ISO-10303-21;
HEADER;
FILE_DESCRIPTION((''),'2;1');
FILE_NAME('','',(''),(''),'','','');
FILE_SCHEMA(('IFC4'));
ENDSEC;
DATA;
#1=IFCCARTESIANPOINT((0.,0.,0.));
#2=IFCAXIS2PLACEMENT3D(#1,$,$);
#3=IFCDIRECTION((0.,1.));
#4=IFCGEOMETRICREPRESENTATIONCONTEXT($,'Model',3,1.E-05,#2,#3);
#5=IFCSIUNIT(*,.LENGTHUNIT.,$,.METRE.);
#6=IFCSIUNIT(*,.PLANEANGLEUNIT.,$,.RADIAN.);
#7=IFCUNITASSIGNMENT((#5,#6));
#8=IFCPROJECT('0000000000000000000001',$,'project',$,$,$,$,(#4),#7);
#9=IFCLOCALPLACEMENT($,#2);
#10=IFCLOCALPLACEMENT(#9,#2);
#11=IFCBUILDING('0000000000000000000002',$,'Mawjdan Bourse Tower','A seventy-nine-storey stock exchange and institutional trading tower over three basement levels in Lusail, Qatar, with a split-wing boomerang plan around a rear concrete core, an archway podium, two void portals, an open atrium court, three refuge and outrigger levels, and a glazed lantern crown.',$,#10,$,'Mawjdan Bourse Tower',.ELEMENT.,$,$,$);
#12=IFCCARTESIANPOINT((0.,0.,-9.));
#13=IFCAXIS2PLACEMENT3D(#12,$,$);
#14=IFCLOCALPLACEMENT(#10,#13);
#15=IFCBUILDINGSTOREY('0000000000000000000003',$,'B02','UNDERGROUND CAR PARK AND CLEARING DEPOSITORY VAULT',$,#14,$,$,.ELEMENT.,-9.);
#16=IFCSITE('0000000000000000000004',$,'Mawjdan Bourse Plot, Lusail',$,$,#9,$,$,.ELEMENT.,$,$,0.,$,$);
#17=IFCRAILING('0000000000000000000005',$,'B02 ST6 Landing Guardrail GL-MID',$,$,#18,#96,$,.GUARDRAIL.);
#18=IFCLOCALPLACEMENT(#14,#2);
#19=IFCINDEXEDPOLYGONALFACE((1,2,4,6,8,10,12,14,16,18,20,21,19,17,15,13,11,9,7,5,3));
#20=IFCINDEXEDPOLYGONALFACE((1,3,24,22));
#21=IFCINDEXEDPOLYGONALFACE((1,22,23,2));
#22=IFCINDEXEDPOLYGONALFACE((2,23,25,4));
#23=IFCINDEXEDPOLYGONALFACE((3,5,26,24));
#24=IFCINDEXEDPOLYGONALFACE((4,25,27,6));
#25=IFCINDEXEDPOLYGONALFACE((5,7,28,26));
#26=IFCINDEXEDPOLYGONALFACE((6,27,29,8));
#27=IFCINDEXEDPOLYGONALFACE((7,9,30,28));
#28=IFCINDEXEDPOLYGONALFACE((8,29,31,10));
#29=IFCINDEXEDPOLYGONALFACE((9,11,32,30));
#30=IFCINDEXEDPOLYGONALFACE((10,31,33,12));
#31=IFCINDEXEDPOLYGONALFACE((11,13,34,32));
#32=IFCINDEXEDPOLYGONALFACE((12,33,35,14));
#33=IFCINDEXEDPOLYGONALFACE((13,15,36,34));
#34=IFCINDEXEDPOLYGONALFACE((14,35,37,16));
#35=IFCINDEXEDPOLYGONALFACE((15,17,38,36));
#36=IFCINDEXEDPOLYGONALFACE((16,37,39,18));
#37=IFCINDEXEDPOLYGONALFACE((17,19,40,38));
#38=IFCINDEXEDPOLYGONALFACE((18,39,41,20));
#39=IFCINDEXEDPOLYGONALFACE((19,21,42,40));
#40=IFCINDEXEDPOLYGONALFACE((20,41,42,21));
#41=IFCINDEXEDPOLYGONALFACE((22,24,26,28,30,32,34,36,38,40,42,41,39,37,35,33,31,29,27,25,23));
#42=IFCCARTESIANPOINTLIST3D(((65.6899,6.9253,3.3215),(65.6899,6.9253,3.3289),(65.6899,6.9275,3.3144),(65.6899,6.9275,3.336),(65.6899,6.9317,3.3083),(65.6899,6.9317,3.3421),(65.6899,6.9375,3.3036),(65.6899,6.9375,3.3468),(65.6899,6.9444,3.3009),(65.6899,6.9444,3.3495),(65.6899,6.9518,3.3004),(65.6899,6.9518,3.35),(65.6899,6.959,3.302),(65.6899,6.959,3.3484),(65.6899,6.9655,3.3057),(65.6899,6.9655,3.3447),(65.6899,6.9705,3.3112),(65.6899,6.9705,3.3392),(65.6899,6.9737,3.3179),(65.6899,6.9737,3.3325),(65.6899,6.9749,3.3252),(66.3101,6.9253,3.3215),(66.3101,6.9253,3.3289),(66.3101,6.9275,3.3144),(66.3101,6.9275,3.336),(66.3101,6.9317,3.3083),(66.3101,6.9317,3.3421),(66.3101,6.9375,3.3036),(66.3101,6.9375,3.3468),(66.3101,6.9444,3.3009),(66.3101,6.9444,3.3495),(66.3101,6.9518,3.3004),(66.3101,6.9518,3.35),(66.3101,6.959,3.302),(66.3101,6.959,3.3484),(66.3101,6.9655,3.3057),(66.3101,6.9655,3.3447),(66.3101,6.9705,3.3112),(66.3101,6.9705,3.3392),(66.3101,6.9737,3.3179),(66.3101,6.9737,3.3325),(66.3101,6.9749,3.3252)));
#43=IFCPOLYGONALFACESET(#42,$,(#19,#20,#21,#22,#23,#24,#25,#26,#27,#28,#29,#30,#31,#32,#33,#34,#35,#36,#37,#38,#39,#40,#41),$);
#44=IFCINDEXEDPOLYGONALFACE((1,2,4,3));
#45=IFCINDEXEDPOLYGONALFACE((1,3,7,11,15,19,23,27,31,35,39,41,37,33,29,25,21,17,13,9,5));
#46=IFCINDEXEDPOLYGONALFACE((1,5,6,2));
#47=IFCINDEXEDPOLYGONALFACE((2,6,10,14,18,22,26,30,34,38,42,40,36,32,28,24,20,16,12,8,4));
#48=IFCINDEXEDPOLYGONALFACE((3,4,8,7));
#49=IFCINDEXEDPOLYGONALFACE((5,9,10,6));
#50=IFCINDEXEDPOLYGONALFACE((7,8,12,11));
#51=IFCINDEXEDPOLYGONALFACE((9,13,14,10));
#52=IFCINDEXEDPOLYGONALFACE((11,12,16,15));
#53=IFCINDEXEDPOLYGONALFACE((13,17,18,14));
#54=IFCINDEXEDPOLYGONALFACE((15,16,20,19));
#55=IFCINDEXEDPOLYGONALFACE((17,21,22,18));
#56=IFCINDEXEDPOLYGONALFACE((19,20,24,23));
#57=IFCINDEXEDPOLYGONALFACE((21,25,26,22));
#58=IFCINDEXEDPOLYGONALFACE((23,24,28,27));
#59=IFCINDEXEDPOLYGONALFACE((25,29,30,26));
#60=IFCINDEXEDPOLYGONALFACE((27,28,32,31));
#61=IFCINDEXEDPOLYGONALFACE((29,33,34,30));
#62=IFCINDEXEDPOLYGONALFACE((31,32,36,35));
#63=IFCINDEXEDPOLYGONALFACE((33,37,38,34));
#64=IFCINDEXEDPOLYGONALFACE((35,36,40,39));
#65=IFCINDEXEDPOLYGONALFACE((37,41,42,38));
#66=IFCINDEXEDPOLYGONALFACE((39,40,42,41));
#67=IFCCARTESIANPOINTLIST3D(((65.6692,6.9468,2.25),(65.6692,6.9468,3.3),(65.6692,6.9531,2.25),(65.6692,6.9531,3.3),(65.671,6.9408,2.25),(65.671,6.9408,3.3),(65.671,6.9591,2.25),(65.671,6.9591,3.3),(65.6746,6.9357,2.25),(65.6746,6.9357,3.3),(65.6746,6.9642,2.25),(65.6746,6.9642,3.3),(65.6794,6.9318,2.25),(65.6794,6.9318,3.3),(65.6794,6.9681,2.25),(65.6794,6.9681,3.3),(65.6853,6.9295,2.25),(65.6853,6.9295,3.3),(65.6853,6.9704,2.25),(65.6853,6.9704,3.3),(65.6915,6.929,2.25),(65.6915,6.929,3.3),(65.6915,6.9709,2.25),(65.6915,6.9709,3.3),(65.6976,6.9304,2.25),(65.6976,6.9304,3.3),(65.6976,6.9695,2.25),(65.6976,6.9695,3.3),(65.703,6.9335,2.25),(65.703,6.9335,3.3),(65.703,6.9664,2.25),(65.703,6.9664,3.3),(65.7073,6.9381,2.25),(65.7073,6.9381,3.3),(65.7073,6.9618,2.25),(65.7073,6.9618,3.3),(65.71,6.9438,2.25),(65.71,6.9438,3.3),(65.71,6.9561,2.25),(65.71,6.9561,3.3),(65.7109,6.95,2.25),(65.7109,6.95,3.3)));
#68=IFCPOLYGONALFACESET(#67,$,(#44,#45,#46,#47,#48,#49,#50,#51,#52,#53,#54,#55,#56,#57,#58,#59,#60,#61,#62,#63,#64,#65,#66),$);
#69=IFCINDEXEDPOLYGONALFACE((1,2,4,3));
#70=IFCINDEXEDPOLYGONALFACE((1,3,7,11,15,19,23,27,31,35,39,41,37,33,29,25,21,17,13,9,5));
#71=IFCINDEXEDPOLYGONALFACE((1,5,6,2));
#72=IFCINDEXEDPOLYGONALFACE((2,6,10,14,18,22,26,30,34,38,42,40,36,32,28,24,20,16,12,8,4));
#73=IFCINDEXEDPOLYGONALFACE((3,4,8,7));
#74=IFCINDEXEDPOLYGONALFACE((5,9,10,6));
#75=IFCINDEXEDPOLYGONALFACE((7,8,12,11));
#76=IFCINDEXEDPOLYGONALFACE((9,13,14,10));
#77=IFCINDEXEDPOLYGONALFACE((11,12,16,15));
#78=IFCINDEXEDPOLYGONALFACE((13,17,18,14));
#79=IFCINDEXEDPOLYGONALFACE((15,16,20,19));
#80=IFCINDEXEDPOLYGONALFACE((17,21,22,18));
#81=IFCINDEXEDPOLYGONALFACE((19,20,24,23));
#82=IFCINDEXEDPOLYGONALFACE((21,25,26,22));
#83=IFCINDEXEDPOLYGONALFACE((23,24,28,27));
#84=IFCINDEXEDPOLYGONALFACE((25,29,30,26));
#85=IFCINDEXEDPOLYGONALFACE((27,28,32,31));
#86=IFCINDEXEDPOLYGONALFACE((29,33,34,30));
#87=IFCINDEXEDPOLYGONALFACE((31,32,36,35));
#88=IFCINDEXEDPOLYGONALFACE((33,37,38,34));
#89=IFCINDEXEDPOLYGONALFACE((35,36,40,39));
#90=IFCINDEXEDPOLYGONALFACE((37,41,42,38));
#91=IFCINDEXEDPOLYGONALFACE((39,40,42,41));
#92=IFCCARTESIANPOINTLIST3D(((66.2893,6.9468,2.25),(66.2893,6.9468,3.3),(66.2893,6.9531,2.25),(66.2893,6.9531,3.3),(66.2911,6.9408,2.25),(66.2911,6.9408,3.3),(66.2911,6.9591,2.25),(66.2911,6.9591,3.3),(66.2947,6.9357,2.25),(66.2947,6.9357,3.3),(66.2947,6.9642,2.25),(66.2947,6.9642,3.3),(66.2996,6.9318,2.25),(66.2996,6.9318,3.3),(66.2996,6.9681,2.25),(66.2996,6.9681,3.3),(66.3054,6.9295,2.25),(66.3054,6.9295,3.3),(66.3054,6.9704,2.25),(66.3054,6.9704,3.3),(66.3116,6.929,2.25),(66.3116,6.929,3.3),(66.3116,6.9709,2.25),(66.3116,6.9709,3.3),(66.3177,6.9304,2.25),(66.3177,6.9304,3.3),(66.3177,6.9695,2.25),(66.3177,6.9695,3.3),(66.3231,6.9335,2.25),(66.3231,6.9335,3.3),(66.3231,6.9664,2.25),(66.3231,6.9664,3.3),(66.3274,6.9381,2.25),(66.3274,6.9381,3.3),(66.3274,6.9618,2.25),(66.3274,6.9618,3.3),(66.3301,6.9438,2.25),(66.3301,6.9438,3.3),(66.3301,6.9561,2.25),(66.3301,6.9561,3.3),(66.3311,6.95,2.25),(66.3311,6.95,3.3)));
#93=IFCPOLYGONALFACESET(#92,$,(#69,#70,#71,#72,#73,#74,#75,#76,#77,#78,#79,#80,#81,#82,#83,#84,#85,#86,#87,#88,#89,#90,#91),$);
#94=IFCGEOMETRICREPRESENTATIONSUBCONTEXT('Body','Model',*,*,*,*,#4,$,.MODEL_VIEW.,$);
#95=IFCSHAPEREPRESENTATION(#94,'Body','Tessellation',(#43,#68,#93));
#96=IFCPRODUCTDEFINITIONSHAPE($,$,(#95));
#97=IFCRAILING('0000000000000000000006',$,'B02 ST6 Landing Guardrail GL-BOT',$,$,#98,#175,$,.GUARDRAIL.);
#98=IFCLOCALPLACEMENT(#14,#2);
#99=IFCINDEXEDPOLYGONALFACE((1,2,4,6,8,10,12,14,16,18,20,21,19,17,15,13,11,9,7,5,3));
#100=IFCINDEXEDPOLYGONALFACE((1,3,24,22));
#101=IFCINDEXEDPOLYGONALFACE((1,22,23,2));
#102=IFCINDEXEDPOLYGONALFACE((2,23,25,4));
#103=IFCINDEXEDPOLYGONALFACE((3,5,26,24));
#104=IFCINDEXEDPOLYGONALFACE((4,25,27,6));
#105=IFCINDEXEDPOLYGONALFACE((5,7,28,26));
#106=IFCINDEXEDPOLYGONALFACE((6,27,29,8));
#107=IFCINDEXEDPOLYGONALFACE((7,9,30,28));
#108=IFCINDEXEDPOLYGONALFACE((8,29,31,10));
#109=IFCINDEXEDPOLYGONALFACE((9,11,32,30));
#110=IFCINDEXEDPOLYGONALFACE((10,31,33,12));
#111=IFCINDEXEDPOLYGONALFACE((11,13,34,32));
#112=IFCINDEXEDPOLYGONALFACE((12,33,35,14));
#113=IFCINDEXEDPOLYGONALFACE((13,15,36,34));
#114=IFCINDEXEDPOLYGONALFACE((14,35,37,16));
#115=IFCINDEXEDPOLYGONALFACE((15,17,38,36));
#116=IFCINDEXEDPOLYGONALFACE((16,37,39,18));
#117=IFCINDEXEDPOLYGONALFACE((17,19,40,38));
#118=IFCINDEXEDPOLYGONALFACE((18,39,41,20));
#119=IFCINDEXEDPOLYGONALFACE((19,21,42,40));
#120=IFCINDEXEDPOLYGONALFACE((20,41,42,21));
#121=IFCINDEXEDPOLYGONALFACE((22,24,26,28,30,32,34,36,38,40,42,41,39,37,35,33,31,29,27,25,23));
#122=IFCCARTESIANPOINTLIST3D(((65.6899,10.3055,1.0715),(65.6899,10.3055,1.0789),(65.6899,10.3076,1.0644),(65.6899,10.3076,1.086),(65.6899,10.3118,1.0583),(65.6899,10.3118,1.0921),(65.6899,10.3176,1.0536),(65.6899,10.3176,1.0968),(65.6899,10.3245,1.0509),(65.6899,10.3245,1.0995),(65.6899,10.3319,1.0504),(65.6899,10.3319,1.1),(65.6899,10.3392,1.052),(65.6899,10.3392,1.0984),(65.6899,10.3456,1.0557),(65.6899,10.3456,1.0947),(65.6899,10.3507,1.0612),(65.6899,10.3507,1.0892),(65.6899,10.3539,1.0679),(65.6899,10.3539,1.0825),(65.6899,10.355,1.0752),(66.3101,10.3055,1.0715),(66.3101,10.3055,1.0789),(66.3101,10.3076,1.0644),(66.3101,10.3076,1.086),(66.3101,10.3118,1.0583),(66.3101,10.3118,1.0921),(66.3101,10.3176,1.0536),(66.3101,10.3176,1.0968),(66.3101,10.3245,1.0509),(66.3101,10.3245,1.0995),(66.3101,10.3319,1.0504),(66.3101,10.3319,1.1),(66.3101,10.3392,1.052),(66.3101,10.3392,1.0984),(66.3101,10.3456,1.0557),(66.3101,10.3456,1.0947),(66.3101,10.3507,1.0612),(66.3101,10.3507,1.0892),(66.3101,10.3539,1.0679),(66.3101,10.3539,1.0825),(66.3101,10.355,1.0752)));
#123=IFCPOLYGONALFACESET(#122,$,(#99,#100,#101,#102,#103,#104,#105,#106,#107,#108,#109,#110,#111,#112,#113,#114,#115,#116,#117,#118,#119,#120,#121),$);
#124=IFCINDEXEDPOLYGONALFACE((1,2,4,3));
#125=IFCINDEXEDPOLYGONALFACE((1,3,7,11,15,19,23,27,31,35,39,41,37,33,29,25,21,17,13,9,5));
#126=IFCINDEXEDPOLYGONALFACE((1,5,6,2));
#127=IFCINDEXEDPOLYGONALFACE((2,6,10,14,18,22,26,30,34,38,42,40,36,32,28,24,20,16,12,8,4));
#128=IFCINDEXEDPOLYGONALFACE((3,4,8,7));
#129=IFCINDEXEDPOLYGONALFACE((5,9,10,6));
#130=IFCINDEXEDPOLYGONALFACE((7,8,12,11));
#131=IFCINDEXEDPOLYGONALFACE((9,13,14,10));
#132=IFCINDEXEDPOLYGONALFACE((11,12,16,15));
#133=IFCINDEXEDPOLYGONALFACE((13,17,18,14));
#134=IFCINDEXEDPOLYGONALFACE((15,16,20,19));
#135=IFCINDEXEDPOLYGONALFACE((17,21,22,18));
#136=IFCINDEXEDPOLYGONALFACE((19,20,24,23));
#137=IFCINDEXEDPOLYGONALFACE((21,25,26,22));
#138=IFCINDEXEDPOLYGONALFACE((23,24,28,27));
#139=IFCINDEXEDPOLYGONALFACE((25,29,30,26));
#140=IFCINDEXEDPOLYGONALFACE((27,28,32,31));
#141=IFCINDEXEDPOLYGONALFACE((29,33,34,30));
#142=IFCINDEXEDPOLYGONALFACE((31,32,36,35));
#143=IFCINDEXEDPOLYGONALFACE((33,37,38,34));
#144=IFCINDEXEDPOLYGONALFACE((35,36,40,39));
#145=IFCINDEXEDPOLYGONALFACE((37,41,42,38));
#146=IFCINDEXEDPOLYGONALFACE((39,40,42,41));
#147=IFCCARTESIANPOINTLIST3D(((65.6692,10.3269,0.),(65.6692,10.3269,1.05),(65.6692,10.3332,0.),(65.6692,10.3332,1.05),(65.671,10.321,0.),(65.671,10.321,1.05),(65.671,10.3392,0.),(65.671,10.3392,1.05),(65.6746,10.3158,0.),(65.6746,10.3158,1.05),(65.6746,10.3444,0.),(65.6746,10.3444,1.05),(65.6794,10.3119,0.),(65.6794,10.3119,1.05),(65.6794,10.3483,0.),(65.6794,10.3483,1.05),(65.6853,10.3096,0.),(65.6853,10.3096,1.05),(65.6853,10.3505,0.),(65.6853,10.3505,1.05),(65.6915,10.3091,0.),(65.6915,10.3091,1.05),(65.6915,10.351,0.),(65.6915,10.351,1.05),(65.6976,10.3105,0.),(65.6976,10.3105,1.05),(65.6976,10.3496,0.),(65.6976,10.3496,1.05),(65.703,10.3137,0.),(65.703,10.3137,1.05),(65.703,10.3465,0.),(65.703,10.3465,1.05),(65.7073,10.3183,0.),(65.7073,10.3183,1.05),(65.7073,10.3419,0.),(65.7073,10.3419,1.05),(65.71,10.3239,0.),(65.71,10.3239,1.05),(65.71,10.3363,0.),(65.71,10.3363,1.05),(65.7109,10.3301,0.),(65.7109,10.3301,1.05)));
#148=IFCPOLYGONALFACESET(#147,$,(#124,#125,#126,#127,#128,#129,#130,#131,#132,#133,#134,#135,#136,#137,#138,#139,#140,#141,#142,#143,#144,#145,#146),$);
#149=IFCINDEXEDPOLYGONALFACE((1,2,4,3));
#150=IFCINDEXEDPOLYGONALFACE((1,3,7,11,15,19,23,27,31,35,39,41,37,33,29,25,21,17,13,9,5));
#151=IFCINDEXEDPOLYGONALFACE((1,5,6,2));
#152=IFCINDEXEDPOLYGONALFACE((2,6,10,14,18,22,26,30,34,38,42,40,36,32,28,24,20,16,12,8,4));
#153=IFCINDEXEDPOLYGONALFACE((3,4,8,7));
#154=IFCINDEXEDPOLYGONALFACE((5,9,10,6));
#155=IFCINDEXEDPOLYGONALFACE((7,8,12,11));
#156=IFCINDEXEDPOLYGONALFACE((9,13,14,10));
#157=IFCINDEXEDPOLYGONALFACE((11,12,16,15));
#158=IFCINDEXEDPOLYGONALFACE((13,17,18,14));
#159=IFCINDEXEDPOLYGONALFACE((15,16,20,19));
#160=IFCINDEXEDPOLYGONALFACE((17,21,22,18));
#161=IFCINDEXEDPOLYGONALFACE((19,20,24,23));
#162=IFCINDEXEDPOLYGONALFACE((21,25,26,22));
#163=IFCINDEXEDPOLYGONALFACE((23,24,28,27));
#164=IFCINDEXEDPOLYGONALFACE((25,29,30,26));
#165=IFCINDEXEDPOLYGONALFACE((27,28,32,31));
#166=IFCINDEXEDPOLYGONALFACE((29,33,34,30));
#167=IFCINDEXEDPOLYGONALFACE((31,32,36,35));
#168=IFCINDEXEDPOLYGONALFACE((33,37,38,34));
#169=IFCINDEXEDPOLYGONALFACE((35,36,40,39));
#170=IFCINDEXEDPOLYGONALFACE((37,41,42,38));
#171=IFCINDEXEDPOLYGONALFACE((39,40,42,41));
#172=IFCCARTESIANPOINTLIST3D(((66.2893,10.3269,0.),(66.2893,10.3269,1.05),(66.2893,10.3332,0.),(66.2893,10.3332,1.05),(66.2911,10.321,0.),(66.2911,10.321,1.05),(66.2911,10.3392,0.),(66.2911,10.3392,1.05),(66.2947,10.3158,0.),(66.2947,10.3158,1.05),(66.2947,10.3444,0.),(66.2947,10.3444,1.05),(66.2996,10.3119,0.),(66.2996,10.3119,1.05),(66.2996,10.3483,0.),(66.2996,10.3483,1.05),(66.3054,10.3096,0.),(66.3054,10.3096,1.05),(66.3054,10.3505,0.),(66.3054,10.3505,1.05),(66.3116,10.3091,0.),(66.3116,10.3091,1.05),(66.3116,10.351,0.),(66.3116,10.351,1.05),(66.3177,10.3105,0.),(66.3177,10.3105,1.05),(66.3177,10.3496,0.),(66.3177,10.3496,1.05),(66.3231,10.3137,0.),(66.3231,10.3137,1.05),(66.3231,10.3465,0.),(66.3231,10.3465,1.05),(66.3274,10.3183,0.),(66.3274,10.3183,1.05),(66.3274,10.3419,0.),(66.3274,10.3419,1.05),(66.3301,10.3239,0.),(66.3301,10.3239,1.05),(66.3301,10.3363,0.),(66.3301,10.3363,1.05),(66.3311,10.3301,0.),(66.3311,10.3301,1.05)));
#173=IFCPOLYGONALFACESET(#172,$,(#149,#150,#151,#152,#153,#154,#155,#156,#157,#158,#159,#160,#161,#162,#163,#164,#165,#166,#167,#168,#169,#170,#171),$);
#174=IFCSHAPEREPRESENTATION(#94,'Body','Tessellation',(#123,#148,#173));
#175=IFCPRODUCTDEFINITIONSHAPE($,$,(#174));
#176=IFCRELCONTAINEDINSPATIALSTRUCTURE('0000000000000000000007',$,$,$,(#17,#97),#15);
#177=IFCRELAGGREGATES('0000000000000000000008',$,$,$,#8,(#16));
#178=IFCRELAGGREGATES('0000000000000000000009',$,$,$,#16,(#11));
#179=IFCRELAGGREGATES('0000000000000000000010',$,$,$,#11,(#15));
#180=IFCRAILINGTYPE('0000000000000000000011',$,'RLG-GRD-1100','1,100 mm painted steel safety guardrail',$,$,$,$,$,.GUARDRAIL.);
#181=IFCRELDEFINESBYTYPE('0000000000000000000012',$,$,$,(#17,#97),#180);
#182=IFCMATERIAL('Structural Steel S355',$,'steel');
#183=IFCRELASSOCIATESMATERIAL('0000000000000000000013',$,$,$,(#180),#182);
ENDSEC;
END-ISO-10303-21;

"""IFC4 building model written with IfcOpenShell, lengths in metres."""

from ifc_helpers import new_model, si_unit, direction, frame, origin, origin_2d, place, context, subcontext, project, spatial, circle, extrude, material, type_object, element, save


model = new_model("IFC4")

# Units and contexts
model_context = context("Model", 3, precision=1e-05, world=origin(), true_north=direction((0.0, 1.0)))
body_context = subcontext(model_context, "Body", "Model", "MODEL_VIEW")
ifc_project = project(units=[si_unit("LENGTHUNIT", "METRE"), si_unit("PLANEANGLEUNIT", "RADIAN")], contexts=[model_context])

# Site, building, storey
site_placement = place(None, origin())
site = spatial("IfcSite", under=ifc_project, at=site_placement, Name="Mawjdan Bourse Plot, Lusail", CompositionType="ELEMENT", RefElevation=0.0)
building_placement = place(site_placement, origin())
building = spatial("IfcBuilding", under=site, at=building_placement, Name="Mawjdan Bourse Tower", Description="A seventy-nine-storey stock exchange and institutional trading tower over three basement levels in Lusail, Qatar, with a split-wing boomerang plan around a rear concrete core, an archway podium, two void portals, an open atrium court, three refuge and outrigger levels, and a glazed lantern crown.", LongName="Mawjdan Bourse Tower", CompositionType="ELEMENT")
storey_placement = place(building_placement, frame((0.0, 0.0, -9.0)))
storey = spatial("IfcBuildingStorey", under=building, at=storey_placement, Name="B02", Description="UNDERGROUND CAR PARK AND CLEARING DEPOSITORY VAULT", CompositionType="ELEMENT", Elevation=-9.0)

# Shared definitions
ifc_material_1 = material(Name="Structural Steel S355", Category="steel")

# Railings
railing_type_1 = type_object("IfcRailingType", Name="RLG-GRD-1100", Description="1,100 mm painted steel safety guardrail", PredefinedType="GUARDRAIL", material=ifc_material_1)
for number, where, name in (
    (1, (65.6899, 6.95, 2.25), "B02 ST6 Landing Guardrail GL-MID"),
    (2, (65.6899, 10.3301, 0.0), "B02 ST6 Landing Guardrail GL-BOT"),
):
    element("IfcRailing", number, at=place(storey_placement, frame(where)), inside=storey, type_object=railing_type_1, Name=name, PredefinedType="GUARDRAIL", context=body_context, shape_type="SweptSolid", body=[
        extrude(circle(Radius=0.0249, at=origin_2d()), frame((0.0, 0.0, 1.0752), z_axis=(1.0, 0.0, 0.0), x_axis=(0.0, 1.0, 0.0)), (0.0, 0.0, 1.0), 0.6201),
        extrude(circle(Radius=0.021, at=origin_2d()), origin(), (0.0, 0.0, 1.0), 1.05),
        extrude(circle(Radius=0.021, at=origin_2d()), frame((0.6201, 0.0, 0.0)), (0.0, 0.0, 1.0), 1.05),
    ])

save(model, "model.ifc")
